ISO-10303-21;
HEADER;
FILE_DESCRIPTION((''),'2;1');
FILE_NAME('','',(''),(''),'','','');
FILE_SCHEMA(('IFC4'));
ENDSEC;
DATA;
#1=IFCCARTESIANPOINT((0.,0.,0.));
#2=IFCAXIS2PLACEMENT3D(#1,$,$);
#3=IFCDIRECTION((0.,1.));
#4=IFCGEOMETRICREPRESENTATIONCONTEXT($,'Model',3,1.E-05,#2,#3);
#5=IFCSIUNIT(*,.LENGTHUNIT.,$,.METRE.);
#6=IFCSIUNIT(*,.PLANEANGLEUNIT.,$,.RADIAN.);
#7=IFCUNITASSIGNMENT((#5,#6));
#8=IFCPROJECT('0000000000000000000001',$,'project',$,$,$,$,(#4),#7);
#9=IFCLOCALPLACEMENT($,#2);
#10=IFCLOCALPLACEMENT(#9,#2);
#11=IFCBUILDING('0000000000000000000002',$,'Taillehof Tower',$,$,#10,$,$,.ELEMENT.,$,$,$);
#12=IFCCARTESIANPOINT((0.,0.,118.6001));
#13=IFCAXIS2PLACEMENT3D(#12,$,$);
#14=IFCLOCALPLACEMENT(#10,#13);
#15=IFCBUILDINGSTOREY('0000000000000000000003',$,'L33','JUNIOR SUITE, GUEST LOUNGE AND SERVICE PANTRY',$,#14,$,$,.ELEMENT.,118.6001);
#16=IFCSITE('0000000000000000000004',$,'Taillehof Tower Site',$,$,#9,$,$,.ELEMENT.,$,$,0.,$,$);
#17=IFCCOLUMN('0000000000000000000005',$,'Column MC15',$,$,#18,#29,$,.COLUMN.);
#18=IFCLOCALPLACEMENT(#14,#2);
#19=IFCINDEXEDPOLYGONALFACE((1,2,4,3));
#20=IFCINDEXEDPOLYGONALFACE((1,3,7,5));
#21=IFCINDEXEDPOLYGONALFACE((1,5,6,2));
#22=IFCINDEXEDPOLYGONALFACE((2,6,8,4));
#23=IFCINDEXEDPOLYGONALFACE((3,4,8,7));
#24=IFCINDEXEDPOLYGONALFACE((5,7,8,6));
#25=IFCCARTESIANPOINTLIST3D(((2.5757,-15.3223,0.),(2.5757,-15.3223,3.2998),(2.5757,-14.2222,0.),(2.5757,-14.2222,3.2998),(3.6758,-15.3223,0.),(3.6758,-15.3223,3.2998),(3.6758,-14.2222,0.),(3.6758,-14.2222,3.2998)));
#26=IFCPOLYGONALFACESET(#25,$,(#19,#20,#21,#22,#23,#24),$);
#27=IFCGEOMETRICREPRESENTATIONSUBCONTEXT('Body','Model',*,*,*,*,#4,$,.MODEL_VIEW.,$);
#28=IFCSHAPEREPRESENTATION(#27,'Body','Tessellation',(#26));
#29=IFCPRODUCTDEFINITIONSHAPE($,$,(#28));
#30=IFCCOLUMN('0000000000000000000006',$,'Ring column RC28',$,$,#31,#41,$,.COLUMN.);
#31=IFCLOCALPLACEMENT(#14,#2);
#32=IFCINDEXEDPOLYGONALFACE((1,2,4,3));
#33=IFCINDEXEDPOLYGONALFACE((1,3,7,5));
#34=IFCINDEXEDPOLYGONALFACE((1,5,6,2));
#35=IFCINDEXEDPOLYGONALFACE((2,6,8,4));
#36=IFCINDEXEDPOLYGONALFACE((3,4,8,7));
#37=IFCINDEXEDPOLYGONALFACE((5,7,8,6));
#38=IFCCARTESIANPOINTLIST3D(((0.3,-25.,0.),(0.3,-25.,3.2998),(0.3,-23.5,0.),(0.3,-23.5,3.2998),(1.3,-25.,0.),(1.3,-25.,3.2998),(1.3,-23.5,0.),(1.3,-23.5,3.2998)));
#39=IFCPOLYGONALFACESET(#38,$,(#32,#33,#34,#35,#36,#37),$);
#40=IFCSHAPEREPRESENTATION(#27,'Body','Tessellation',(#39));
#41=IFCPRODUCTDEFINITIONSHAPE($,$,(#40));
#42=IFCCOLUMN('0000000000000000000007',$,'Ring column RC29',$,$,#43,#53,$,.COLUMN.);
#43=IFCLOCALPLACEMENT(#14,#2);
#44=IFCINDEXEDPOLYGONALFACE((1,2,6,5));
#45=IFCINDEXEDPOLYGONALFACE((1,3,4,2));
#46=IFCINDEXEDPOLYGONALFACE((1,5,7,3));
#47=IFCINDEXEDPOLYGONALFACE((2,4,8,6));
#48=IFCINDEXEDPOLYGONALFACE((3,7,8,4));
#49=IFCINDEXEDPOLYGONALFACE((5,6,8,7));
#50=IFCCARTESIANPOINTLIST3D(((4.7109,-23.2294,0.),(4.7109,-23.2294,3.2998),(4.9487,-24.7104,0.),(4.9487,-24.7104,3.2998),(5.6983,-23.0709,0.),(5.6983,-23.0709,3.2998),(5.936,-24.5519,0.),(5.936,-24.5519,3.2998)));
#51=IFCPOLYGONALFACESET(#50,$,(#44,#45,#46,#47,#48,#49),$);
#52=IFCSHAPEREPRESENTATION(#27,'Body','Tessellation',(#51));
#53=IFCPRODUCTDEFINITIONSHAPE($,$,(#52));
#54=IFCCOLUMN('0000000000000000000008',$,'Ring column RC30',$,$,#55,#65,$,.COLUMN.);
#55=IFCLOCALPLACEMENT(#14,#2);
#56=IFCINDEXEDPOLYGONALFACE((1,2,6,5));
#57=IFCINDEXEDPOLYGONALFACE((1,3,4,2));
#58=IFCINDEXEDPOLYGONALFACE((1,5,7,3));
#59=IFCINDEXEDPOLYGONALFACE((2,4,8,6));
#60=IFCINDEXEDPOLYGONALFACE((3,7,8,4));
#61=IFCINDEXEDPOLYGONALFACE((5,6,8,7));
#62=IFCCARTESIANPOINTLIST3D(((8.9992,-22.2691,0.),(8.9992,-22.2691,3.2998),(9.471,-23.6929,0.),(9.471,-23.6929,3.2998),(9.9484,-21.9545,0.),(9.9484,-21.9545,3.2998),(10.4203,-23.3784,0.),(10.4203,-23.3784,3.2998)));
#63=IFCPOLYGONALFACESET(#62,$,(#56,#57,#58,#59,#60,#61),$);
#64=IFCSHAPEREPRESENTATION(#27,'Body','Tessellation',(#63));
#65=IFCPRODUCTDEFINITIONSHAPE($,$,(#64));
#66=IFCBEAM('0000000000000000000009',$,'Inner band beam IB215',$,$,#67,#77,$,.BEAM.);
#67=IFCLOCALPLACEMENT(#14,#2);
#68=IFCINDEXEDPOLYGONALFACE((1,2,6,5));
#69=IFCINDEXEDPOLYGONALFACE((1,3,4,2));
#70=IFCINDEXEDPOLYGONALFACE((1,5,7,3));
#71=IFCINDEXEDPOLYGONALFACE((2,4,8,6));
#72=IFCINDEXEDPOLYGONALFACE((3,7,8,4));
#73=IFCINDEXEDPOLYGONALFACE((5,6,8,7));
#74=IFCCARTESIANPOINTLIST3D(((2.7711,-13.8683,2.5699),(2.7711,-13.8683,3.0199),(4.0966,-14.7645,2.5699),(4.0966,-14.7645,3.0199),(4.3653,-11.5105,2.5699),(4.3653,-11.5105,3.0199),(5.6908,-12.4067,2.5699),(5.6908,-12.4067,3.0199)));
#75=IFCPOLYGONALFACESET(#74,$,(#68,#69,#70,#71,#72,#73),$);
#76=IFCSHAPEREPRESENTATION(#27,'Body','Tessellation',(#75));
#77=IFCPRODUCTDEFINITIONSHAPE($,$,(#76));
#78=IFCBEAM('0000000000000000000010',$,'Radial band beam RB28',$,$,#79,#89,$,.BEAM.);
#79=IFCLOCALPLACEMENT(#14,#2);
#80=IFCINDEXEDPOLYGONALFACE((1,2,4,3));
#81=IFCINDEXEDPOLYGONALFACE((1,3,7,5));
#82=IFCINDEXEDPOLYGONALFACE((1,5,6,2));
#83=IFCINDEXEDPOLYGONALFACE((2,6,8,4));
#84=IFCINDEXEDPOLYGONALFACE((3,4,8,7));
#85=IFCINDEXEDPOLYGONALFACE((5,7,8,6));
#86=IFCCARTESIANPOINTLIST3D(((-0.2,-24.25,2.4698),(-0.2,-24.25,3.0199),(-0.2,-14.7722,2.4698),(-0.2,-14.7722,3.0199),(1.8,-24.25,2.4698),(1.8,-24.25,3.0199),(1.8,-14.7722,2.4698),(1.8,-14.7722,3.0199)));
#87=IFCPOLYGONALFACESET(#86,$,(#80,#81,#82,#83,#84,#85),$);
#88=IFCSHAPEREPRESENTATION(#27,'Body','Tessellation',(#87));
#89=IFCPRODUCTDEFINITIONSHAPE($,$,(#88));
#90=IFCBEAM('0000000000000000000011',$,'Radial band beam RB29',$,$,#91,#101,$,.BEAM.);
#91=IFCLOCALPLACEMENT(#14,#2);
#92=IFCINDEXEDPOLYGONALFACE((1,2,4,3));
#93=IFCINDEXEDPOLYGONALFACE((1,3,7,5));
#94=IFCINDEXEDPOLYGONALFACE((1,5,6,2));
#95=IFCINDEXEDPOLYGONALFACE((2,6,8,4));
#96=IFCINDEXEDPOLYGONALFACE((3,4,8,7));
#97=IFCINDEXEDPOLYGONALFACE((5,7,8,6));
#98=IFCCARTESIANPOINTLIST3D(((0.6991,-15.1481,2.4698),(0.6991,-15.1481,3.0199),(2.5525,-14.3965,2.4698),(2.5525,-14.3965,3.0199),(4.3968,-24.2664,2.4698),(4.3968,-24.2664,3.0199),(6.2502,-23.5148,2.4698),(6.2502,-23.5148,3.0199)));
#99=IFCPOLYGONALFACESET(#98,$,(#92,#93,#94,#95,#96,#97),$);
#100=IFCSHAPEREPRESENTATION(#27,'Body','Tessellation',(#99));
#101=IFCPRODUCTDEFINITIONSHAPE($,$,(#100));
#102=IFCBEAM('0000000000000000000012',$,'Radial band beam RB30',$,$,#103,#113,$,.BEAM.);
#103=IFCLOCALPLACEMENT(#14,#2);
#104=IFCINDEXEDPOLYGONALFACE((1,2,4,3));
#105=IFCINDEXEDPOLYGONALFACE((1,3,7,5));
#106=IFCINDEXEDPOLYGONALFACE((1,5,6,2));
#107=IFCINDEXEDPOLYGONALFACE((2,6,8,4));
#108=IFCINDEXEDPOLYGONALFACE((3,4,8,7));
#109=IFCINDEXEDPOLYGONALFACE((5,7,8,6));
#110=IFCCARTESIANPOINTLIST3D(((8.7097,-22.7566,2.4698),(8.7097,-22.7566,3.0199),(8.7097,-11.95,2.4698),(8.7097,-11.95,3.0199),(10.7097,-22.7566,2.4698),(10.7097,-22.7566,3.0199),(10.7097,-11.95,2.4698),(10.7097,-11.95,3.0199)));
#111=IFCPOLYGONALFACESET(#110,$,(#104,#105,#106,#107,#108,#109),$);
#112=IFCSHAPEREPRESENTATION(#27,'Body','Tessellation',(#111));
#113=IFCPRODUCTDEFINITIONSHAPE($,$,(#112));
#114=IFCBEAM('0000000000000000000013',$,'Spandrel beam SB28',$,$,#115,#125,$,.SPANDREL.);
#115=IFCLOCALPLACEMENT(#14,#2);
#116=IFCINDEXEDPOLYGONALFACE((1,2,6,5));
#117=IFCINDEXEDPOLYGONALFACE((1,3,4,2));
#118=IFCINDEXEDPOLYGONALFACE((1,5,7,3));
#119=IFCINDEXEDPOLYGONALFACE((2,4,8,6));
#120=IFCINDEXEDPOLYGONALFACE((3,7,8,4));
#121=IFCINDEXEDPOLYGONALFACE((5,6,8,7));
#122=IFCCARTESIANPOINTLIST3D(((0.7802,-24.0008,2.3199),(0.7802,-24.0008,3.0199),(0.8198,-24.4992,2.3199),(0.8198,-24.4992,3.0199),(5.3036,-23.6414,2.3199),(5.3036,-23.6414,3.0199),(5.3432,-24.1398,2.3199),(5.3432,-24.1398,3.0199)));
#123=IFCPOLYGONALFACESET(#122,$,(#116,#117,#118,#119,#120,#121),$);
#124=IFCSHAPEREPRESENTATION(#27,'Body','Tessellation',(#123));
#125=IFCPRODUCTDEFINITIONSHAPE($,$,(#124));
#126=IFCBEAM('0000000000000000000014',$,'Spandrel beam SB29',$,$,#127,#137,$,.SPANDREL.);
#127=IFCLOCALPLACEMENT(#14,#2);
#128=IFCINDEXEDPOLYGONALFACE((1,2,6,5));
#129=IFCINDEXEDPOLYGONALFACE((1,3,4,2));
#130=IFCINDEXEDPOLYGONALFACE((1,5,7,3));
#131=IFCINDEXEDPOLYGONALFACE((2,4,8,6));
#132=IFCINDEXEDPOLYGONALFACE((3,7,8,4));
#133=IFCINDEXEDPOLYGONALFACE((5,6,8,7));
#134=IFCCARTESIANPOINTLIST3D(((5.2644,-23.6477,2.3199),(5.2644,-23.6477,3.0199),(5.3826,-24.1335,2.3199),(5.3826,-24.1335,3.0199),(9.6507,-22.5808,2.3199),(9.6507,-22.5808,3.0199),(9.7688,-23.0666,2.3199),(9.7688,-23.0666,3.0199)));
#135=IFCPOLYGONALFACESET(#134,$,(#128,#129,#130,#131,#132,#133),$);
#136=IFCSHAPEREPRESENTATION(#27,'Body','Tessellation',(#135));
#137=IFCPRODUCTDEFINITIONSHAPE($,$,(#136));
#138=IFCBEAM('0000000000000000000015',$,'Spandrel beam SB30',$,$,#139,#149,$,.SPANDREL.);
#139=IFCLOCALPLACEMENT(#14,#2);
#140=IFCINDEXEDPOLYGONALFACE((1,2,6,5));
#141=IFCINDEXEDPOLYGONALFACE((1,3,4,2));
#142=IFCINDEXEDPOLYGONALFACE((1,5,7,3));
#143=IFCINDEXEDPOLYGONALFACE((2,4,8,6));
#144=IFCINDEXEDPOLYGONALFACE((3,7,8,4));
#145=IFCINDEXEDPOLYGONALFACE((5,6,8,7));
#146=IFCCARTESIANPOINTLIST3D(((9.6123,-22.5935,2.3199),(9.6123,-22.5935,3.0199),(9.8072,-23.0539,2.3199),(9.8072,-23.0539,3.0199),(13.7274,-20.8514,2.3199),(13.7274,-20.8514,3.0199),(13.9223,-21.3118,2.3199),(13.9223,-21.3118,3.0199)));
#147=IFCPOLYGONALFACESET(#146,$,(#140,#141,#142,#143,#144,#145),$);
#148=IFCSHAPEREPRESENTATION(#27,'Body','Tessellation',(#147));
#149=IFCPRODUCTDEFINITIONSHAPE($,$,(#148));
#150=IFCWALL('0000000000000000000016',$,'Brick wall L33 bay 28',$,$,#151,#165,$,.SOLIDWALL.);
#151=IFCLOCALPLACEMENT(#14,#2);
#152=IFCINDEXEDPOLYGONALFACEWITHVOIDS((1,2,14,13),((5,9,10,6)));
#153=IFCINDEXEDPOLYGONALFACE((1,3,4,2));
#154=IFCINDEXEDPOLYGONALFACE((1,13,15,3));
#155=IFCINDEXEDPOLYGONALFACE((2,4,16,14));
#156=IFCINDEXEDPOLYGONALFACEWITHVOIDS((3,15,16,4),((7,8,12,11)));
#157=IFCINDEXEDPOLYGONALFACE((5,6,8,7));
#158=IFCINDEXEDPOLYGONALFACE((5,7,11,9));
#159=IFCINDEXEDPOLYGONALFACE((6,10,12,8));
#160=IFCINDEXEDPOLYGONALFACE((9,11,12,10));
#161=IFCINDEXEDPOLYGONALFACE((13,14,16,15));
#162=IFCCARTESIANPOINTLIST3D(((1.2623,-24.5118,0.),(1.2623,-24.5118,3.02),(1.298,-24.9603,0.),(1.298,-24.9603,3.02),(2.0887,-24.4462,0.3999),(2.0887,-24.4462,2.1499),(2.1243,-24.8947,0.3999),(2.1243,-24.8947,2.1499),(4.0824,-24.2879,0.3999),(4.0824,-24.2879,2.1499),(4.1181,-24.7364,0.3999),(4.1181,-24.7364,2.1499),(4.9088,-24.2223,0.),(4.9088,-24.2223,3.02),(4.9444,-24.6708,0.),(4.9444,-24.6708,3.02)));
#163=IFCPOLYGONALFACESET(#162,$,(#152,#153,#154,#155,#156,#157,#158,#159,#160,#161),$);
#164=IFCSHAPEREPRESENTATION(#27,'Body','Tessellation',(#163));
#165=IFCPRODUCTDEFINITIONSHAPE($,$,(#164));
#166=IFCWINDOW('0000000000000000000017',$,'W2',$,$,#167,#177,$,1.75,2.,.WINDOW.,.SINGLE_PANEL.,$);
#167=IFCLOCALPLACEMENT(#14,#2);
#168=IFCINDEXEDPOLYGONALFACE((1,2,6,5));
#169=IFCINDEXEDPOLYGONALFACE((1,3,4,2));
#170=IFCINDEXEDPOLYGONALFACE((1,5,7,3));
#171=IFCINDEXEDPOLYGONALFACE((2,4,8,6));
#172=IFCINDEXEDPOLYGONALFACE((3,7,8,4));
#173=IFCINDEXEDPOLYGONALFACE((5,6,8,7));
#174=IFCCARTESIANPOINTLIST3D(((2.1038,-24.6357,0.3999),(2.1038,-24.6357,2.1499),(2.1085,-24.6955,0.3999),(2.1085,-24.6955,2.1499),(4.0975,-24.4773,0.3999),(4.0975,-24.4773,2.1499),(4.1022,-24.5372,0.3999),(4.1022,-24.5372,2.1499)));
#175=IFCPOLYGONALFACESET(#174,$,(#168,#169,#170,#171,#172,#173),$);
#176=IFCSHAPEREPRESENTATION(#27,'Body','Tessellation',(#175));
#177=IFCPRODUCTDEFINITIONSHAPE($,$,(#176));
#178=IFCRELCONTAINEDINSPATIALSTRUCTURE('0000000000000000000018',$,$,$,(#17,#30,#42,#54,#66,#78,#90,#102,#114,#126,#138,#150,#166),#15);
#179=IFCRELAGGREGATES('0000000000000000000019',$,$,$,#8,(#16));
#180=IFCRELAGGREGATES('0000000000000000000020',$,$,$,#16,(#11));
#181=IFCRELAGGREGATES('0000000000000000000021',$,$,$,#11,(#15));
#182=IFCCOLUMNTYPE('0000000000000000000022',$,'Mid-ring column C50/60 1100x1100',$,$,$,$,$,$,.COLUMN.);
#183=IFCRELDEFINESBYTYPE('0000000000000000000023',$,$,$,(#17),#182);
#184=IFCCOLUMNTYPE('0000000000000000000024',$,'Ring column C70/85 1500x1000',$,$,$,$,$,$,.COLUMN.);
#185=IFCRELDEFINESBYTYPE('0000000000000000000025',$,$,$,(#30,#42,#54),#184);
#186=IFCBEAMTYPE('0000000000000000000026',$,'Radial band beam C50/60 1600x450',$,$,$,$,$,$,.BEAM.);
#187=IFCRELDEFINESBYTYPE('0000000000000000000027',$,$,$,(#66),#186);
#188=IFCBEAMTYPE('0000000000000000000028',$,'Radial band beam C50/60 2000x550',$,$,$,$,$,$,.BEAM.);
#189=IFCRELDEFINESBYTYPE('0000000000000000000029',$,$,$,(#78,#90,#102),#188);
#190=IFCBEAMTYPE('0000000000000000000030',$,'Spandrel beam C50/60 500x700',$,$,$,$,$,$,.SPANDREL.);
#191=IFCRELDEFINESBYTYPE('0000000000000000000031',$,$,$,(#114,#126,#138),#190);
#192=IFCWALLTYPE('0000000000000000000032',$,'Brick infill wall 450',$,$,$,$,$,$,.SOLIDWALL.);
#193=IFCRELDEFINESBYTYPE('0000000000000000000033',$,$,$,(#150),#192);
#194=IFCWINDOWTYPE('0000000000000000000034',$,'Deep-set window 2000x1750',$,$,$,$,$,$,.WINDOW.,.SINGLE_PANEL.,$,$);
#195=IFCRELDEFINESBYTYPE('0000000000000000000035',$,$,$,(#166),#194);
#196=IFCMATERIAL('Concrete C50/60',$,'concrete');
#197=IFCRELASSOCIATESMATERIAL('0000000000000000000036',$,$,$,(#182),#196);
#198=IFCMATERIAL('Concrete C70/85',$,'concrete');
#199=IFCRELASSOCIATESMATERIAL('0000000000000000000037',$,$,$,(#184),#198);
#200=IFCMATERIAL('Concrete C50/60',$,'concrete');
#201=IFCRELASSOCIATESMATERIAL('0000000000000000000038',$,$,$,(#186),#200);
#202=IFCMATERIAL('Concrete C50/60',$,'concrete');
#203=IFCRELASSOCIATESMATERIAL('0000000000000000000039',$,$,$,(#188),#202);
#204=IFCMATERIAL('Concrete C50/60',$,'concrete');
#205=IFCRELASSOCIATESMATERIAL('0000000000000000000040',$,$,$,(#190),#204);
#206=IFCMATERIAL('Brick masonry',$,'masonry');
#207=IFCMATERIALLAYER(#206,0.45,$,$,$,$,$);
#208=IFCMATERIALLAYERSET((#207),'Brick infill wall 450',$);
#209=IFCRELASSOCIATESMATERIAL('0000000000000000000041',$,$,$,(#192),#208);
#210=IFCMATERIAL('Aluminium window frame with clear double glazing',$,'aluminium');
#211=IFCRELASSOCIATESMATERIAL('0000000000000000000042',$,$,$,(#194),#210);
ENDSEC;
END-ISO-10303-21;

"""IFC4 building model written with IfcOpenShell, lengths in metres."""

from ifc_helpers import new_model, si_unit, direction, frame, frame_2d, origin, origin_2d, place, context, subcontext, project, spatial, rectangle, extrude, material, layer, layer_set, material_profile, profile_set, type_object, element, fill, save


model = new_model("IFC4")

# Units and contexts
model_context = context("Model", 3, precision=1e-05, world=origin(), true_north=direction((0.0, 1.0)))
body_context = subcontext(model_context, "Body", "Model", "MODEL_VIEW")
ifc_project = project(units=[si_unit("LENGTHUNIT", "METRE"), si_unit("PLANEANGLEUNIT", "RADIAN")], contexts=[model_context])

# Site, building, storey
site_placement = place(None, origin())
site = spatial("IfcSite", under=ifc_project, at=site_placement, Name="Taillehof Tower Site", CompositionType="ELEMENT", RefElevation=0.0)
building_placement = place(site_placement, origin())
building = spatial("IfcBuilding", under=site, at=building_placement, Name="Taillehof Tower", CompositionType="ELEMENT")
storey_placement = place(building_placement, frame((0.0, 0.0, 118.6001)))
storey = spatial("IfcBuildingStorey", under=building, at=storey_placement, Name="L33", Description="JUNIOR SUITE, GUEST LOUNGE AND SERVICE PANTRY", CompositionType="ELEMENT", Elevation=118.6001)

# Columns
ifc_material_1 = material(Name="Concrete C50/60", Category="concrete")
ifc_material_profile_1 = material_profile(ifc_material_1, rectangle(XDim=1.1001, YDim=1.1001, at=origin_2d()), Name="RC 1100x1100")
ifc_profile_set_1 = profile_set([ifc_material_profile_1], Name="Concrete C50/60")
column_type_1 = type_object("IfcColumnType", Name="Mid-ring column C50/60 1100x1100", PredefinedType="COLUMN", material=ifc_profile_set_1)
column_placement = place(storey_placement, frame((3.1257, -14.7722, 0.0), z_axis=(0.0, 0.0, 1.0), x_axis=(1.0, 0.0, 0.0)))
element("IfcColumn", 1, at=column_placement, inside=storey, type_object=column_type_1, Name="Column MC15", PredefinedType="COLUMN", context=body_context, shape_type="SweptSolid", body=[
    extrude(rectangle(XDim=1.1001, YDim=1.1001, at=origin_2d()), origin(), (0.0, 0.0, 1.0), 3.2998),
])
ifc_material_2 = material(Name="Concrete C70/85", Category="concrete")
ifc_material_profile_2 = material_profile(ifc_material_2, rectangle(XDim=1.5, YDim=1.0, at=origin_2d()), Name="RC 1500x1000")
ifc_profile_set_2 = profile_set([ifc_material_profile_2], Name="Concrete C70/85")
column_type_2 = type_object("IfcColumnType", Name="Ring column C70/85 1500x1000", PredefinedType="COLUMN", material=ifc_profile_set_2)
for number, where, z_axis, x_axis, name in (
    (2, (0.8, -24.25, 0.0), (0.0, 0.0, 1.0), (0.0, -1.0, 0.0), "Ring column RC28"),
    (3, (5.3235, -23.8906, 0.0), (0.0, 0.0, 1.0), (0.158507, -0.987358, 0.0), "Ring column RC29"),
    (4, (9.7097, -22.8237, 0.0), (0.0, 0.0, 1.0), (0.314555, -0.949239, 0.0), "Ring column RC30"),
):
    element("IfcColumn", number, at=place(storey_placement, frame(where, z_axis=z_axis, x_axis=x_axis)), inside=storey, type_object=column_type_2, Name=name, PredefinedType="COLUMN", context=body_context, shape_type="SweptSolid", body=[
        extrude(rectangle(XDim=1.5, YDim=1.0, at=origin_2d()), origin(), (0.0, 0.0, 1.0), 3.2998),
    ])

# Beams
ifc_material_3 = material(Name="Concrete C50/60", Category="concrete")
ifc_material_profile_3 = material_profile(ifc_material_3, rectangle(XDim=1.6001, YDim=0.45, at=origin_2d()), Name="RC 1600x450")
ifc_profile_set_3 = profile_set([ifc_material_profile_3], Name="Concrete C50/60")
beam_type_1 = type_object("IfcBeamType", Name="Radial band beam C50/60 1600x450", PredefinedType="BEAM", material=ifc_profile_set_3)
beam_1_placement = place(storey_placement, frame((3.4338, -14.3164, 2.7949), z_axis=(0.560112, 0.828417, 0.0), x_axis=(-0.828417, 0.560112, 0.0)))
element("IfcBeam", 5, at=beam_1_placement, inside=storey, type_object=beam_type_1, Name="Inner band beam IB215", PredefinedType="BEAM", context=body_context, shape_type="SweptSolid", body=[
    extrude(rectangle(XDim=1.6001, YDim=0.45, at=origin_2d()), origin(), (0.0, 0.0, 1.0), 2.8462),
])
ifc_material_4 = material(Name="Concrete C50/60", Category="concrete")
ifc_material_profile_4 = material_profile(ifc_material_4, rectangle(XDim=2.0, YDim=0.55, at=origin_2d()), Name="RC 2000x550")
ifc_profile_set_4 = profile_set([ifc_material_profile_4], Name="Concrete C50/60")
beam_type_2 = type_object("IfcBeamType", Name="Radial band beam C50/60 2000x550", PredefinedType="BEAM", material=ifc_profile_set_4)
beam_2_placement = place(storey_placement, frame((0.8, -24.25, 2.7449), z_axis=(0.0, 1.0, 0.0), x_axis=(-1.0, 0.0, 0.0)))
element("IfcBeam", 6, at=beam_2_placement, inside=storey, type_object=beam_type_2, Name="Radial band beam RB28", PredefinedType="BEAM", context=body_context, shape_type="SweptSolid", body=[
    extrude(rectangle(XDim=2.0, YDim=0.55, at=origin_2d()), origin(), (0.0, 0.0, 1.0), 9.4778),
])
beam_3_placement = place(storey_placement, frame((5.3235, -23.8906, 2.7449), z_axis=(-0.375801, 0.9267, 0.0), x_axis=(-0.9267, -0.375801, 0.0)))
element("IfcBeam", 7, at=beam_3_placement, inside=storey, type_object=beam_type_2, Name="Radial band beam RB29", PredefinedType="BEAM", context=body_context, shape_type="SweptSolid", body=[
    extrude(rectangle(XDim=2.0, YDim=0.55, at=origin_2d()), origin(), (0.0, 0.0, 1.0), 9.8396),
])
beam_4_placement = place(storey_placement, frame((9.7097, -22.7566, 2.7449), z_axis=(0.0, 1.0, 0.0), x_axis=(-1.0, 0.0, 0.0)))
element("IfcBeam", 8, at=beam_4_placement, inside=storey, type_object=beam_type_2, Name="Radial band beam RB30", PredefinedType="BEAM", context=body_context, shape_type="SweptSolid", body=[
    extrude(rectangle(XDim=2.0, YDim=0.55, at=origin_2d()), origin(), (0.0, 0.0, 1.0), 10.8066),
])
ifc_material_5 = material(Name="Concrete C50/60", Category="concrete")
ifc_material_profile_5 = material_profile(ifc_material_5, rectangle(XDim=0.5, YDim=0.7, at=origin_2d()), Name="RC 500x700")
ifc_profile_set_5 = profile_set([ifc_material_profile_5], Name="Concrete C50/60")
beam_type_3 = type_object("IfcBeamType", Name="Spandrel beam C50/60 500x700", PredefinedType="SPANDREL", material=ifc_profile_set_5)
beam_5_placement = place(storey_placement, frame((0.8, -24.25, 2.6699), z_axis=(0.996859, 0.079198, 0.0), x_axis=(-0.079198, 0.996859, 0.0)))
element("IfcBeam", 9, at=beam_5_placement, inside=storey, type_object=beam_type_3, Name="Spandrel beam SB28", PredefinedType="SPANDREL", context=body_context, shape_type="SweptSolid", body=[
    extrude(rectangle(XDim=0.5, YDim=0.7, at=origin_2d()), origin(), (0.0, 0.0, 1.0), 4.5376),
])
beam_6_placement = place(storey_placement, frame((5.3235, -23.8906, 2.6699), z_axis=(0.971669, 0.236346, 0.0), x_axis=(-0.236346, 0.971669, 0.0)))
element("IfcBeam", 10, at=beam_6_placement, inside=storey, type_object=beam_type_3, Name="Spandrel beam SB29", PredefinedType="SPANDREL", context=body_context, shape_type="SweptSolid", body=[
    extrude(rectangle(XDim=0.5, YDim=0.7, at=origin_2d()), origin(), (0.0, 0.0, 1.0), 4.5142),
])
beam_7_placement = place(storey_placement, frame((9.7097, -22.8237, 2.6699), z_axis=(0.920877, 0.389854, 0.0), x_axis=(-0.389854, 0.920877, 0.0)))
element("IfcBeam", 11, at=beam_7_placement, inside=storey, type_object=beam_type_3, Name="Spandrel beam SB30", PredefinedType="SPANDREL", context=body_context, shape_type="SweptSolid", body=[
    extrude(rectangle(XDim=0.5, YDim=0.7, at=origin_2d()), origin(), (0.0, 0.0, 1.0), 4.4688),
])

# Wall, opening, window
ifc_material_6 = material(Name="Brick masonry", Category="masonry")
ifc_layer_1 = layer(ifc_material_6, 0.45)
ifc_layer_set_1 = layer_set([ifc_layer_1], Name="Brick infill wall 450")
wall_type_1 = type_object("IfcWallType", Name="Brick infill wall 450", PredefinedType="SOLIDWALL", material=ifc_layer_set_1)
wall_1_placement = place(storey_placement, frame((1.28, -24.7361, 0.0), z_axis=(0.0, 0.0, 1.0), x_axis=(0.996862, 0.079156, 0.0)))
wall_1 = element("IfcWall", 12, at=wall_1_placement, inside=storey, type_object=wall_type_1, Name="Brick wall L33 bay 28", PredefinedType="SOLIDWALL", context=body_context, shape_type="SweptSolid", body=[
    extrude(rectangle(XDim=3.658, YDim=0.45, at=frame_2d((1.8291, 0.0))), origin(), (0.0, 0.0, 1.0), 3.02),
])
opening_1_placement = place(wall_1_placement, frame((0.8291, 0.0, 0.3999)))
opening_1 = element("IfcOpeningElement", 13, at=opening_1_placement, cuts=wall_1, PredefinedType="OPENING", context=body_context, shape_type="SweptSolid", body=[
    extrude(rectangle(XDim=2.0, YDim=1.75, at=frame_2d((1.0, 0.875))), frame((0.0, 0.2349, 0.0), z_axis=(0.0, -1.0, 0.0), x_axis=(1.0, 0.0, 0.0)), (0.0, 0.0, 1.0), 0.47),
])
ifc_material_7 = material(Name="Aluminium window frame with clear double glazing", Category="aluminium")
window_type = type_object("IfcWindowType", Name="Deep-set window 2000x1750", PartitioningType="SINGLE_PANEL", PredefinedType="WINDOW", material=ifc_material_7)
window_1_placement = place(opening_1_placement, origin())
window_1 = element("IfcWindow", 14, at=window_1_placement, inside=storey, type_object=window_type, Name="W2", OverallHeight=1.75, OverallWidth=2.0, PartitioningType="SINGLE_PANEL", PredefinedType="WINDOW", context=body_context, shape_type="SweptSolid", body=[
    extrude(rectangle(XDim=2.0, YDim=1.75, at=frame_2d((1.0, 0.875))), frame((0.0, 0.0349, 0.0), z_axis=(0.0, -1.0, 0.0), x_axis=(1.0, 0.0, 0.0)), (0.0, 0.0, 1.0), 0.0601),
])
fill(opening_1, window_1)

save(model, "model.ifc")
